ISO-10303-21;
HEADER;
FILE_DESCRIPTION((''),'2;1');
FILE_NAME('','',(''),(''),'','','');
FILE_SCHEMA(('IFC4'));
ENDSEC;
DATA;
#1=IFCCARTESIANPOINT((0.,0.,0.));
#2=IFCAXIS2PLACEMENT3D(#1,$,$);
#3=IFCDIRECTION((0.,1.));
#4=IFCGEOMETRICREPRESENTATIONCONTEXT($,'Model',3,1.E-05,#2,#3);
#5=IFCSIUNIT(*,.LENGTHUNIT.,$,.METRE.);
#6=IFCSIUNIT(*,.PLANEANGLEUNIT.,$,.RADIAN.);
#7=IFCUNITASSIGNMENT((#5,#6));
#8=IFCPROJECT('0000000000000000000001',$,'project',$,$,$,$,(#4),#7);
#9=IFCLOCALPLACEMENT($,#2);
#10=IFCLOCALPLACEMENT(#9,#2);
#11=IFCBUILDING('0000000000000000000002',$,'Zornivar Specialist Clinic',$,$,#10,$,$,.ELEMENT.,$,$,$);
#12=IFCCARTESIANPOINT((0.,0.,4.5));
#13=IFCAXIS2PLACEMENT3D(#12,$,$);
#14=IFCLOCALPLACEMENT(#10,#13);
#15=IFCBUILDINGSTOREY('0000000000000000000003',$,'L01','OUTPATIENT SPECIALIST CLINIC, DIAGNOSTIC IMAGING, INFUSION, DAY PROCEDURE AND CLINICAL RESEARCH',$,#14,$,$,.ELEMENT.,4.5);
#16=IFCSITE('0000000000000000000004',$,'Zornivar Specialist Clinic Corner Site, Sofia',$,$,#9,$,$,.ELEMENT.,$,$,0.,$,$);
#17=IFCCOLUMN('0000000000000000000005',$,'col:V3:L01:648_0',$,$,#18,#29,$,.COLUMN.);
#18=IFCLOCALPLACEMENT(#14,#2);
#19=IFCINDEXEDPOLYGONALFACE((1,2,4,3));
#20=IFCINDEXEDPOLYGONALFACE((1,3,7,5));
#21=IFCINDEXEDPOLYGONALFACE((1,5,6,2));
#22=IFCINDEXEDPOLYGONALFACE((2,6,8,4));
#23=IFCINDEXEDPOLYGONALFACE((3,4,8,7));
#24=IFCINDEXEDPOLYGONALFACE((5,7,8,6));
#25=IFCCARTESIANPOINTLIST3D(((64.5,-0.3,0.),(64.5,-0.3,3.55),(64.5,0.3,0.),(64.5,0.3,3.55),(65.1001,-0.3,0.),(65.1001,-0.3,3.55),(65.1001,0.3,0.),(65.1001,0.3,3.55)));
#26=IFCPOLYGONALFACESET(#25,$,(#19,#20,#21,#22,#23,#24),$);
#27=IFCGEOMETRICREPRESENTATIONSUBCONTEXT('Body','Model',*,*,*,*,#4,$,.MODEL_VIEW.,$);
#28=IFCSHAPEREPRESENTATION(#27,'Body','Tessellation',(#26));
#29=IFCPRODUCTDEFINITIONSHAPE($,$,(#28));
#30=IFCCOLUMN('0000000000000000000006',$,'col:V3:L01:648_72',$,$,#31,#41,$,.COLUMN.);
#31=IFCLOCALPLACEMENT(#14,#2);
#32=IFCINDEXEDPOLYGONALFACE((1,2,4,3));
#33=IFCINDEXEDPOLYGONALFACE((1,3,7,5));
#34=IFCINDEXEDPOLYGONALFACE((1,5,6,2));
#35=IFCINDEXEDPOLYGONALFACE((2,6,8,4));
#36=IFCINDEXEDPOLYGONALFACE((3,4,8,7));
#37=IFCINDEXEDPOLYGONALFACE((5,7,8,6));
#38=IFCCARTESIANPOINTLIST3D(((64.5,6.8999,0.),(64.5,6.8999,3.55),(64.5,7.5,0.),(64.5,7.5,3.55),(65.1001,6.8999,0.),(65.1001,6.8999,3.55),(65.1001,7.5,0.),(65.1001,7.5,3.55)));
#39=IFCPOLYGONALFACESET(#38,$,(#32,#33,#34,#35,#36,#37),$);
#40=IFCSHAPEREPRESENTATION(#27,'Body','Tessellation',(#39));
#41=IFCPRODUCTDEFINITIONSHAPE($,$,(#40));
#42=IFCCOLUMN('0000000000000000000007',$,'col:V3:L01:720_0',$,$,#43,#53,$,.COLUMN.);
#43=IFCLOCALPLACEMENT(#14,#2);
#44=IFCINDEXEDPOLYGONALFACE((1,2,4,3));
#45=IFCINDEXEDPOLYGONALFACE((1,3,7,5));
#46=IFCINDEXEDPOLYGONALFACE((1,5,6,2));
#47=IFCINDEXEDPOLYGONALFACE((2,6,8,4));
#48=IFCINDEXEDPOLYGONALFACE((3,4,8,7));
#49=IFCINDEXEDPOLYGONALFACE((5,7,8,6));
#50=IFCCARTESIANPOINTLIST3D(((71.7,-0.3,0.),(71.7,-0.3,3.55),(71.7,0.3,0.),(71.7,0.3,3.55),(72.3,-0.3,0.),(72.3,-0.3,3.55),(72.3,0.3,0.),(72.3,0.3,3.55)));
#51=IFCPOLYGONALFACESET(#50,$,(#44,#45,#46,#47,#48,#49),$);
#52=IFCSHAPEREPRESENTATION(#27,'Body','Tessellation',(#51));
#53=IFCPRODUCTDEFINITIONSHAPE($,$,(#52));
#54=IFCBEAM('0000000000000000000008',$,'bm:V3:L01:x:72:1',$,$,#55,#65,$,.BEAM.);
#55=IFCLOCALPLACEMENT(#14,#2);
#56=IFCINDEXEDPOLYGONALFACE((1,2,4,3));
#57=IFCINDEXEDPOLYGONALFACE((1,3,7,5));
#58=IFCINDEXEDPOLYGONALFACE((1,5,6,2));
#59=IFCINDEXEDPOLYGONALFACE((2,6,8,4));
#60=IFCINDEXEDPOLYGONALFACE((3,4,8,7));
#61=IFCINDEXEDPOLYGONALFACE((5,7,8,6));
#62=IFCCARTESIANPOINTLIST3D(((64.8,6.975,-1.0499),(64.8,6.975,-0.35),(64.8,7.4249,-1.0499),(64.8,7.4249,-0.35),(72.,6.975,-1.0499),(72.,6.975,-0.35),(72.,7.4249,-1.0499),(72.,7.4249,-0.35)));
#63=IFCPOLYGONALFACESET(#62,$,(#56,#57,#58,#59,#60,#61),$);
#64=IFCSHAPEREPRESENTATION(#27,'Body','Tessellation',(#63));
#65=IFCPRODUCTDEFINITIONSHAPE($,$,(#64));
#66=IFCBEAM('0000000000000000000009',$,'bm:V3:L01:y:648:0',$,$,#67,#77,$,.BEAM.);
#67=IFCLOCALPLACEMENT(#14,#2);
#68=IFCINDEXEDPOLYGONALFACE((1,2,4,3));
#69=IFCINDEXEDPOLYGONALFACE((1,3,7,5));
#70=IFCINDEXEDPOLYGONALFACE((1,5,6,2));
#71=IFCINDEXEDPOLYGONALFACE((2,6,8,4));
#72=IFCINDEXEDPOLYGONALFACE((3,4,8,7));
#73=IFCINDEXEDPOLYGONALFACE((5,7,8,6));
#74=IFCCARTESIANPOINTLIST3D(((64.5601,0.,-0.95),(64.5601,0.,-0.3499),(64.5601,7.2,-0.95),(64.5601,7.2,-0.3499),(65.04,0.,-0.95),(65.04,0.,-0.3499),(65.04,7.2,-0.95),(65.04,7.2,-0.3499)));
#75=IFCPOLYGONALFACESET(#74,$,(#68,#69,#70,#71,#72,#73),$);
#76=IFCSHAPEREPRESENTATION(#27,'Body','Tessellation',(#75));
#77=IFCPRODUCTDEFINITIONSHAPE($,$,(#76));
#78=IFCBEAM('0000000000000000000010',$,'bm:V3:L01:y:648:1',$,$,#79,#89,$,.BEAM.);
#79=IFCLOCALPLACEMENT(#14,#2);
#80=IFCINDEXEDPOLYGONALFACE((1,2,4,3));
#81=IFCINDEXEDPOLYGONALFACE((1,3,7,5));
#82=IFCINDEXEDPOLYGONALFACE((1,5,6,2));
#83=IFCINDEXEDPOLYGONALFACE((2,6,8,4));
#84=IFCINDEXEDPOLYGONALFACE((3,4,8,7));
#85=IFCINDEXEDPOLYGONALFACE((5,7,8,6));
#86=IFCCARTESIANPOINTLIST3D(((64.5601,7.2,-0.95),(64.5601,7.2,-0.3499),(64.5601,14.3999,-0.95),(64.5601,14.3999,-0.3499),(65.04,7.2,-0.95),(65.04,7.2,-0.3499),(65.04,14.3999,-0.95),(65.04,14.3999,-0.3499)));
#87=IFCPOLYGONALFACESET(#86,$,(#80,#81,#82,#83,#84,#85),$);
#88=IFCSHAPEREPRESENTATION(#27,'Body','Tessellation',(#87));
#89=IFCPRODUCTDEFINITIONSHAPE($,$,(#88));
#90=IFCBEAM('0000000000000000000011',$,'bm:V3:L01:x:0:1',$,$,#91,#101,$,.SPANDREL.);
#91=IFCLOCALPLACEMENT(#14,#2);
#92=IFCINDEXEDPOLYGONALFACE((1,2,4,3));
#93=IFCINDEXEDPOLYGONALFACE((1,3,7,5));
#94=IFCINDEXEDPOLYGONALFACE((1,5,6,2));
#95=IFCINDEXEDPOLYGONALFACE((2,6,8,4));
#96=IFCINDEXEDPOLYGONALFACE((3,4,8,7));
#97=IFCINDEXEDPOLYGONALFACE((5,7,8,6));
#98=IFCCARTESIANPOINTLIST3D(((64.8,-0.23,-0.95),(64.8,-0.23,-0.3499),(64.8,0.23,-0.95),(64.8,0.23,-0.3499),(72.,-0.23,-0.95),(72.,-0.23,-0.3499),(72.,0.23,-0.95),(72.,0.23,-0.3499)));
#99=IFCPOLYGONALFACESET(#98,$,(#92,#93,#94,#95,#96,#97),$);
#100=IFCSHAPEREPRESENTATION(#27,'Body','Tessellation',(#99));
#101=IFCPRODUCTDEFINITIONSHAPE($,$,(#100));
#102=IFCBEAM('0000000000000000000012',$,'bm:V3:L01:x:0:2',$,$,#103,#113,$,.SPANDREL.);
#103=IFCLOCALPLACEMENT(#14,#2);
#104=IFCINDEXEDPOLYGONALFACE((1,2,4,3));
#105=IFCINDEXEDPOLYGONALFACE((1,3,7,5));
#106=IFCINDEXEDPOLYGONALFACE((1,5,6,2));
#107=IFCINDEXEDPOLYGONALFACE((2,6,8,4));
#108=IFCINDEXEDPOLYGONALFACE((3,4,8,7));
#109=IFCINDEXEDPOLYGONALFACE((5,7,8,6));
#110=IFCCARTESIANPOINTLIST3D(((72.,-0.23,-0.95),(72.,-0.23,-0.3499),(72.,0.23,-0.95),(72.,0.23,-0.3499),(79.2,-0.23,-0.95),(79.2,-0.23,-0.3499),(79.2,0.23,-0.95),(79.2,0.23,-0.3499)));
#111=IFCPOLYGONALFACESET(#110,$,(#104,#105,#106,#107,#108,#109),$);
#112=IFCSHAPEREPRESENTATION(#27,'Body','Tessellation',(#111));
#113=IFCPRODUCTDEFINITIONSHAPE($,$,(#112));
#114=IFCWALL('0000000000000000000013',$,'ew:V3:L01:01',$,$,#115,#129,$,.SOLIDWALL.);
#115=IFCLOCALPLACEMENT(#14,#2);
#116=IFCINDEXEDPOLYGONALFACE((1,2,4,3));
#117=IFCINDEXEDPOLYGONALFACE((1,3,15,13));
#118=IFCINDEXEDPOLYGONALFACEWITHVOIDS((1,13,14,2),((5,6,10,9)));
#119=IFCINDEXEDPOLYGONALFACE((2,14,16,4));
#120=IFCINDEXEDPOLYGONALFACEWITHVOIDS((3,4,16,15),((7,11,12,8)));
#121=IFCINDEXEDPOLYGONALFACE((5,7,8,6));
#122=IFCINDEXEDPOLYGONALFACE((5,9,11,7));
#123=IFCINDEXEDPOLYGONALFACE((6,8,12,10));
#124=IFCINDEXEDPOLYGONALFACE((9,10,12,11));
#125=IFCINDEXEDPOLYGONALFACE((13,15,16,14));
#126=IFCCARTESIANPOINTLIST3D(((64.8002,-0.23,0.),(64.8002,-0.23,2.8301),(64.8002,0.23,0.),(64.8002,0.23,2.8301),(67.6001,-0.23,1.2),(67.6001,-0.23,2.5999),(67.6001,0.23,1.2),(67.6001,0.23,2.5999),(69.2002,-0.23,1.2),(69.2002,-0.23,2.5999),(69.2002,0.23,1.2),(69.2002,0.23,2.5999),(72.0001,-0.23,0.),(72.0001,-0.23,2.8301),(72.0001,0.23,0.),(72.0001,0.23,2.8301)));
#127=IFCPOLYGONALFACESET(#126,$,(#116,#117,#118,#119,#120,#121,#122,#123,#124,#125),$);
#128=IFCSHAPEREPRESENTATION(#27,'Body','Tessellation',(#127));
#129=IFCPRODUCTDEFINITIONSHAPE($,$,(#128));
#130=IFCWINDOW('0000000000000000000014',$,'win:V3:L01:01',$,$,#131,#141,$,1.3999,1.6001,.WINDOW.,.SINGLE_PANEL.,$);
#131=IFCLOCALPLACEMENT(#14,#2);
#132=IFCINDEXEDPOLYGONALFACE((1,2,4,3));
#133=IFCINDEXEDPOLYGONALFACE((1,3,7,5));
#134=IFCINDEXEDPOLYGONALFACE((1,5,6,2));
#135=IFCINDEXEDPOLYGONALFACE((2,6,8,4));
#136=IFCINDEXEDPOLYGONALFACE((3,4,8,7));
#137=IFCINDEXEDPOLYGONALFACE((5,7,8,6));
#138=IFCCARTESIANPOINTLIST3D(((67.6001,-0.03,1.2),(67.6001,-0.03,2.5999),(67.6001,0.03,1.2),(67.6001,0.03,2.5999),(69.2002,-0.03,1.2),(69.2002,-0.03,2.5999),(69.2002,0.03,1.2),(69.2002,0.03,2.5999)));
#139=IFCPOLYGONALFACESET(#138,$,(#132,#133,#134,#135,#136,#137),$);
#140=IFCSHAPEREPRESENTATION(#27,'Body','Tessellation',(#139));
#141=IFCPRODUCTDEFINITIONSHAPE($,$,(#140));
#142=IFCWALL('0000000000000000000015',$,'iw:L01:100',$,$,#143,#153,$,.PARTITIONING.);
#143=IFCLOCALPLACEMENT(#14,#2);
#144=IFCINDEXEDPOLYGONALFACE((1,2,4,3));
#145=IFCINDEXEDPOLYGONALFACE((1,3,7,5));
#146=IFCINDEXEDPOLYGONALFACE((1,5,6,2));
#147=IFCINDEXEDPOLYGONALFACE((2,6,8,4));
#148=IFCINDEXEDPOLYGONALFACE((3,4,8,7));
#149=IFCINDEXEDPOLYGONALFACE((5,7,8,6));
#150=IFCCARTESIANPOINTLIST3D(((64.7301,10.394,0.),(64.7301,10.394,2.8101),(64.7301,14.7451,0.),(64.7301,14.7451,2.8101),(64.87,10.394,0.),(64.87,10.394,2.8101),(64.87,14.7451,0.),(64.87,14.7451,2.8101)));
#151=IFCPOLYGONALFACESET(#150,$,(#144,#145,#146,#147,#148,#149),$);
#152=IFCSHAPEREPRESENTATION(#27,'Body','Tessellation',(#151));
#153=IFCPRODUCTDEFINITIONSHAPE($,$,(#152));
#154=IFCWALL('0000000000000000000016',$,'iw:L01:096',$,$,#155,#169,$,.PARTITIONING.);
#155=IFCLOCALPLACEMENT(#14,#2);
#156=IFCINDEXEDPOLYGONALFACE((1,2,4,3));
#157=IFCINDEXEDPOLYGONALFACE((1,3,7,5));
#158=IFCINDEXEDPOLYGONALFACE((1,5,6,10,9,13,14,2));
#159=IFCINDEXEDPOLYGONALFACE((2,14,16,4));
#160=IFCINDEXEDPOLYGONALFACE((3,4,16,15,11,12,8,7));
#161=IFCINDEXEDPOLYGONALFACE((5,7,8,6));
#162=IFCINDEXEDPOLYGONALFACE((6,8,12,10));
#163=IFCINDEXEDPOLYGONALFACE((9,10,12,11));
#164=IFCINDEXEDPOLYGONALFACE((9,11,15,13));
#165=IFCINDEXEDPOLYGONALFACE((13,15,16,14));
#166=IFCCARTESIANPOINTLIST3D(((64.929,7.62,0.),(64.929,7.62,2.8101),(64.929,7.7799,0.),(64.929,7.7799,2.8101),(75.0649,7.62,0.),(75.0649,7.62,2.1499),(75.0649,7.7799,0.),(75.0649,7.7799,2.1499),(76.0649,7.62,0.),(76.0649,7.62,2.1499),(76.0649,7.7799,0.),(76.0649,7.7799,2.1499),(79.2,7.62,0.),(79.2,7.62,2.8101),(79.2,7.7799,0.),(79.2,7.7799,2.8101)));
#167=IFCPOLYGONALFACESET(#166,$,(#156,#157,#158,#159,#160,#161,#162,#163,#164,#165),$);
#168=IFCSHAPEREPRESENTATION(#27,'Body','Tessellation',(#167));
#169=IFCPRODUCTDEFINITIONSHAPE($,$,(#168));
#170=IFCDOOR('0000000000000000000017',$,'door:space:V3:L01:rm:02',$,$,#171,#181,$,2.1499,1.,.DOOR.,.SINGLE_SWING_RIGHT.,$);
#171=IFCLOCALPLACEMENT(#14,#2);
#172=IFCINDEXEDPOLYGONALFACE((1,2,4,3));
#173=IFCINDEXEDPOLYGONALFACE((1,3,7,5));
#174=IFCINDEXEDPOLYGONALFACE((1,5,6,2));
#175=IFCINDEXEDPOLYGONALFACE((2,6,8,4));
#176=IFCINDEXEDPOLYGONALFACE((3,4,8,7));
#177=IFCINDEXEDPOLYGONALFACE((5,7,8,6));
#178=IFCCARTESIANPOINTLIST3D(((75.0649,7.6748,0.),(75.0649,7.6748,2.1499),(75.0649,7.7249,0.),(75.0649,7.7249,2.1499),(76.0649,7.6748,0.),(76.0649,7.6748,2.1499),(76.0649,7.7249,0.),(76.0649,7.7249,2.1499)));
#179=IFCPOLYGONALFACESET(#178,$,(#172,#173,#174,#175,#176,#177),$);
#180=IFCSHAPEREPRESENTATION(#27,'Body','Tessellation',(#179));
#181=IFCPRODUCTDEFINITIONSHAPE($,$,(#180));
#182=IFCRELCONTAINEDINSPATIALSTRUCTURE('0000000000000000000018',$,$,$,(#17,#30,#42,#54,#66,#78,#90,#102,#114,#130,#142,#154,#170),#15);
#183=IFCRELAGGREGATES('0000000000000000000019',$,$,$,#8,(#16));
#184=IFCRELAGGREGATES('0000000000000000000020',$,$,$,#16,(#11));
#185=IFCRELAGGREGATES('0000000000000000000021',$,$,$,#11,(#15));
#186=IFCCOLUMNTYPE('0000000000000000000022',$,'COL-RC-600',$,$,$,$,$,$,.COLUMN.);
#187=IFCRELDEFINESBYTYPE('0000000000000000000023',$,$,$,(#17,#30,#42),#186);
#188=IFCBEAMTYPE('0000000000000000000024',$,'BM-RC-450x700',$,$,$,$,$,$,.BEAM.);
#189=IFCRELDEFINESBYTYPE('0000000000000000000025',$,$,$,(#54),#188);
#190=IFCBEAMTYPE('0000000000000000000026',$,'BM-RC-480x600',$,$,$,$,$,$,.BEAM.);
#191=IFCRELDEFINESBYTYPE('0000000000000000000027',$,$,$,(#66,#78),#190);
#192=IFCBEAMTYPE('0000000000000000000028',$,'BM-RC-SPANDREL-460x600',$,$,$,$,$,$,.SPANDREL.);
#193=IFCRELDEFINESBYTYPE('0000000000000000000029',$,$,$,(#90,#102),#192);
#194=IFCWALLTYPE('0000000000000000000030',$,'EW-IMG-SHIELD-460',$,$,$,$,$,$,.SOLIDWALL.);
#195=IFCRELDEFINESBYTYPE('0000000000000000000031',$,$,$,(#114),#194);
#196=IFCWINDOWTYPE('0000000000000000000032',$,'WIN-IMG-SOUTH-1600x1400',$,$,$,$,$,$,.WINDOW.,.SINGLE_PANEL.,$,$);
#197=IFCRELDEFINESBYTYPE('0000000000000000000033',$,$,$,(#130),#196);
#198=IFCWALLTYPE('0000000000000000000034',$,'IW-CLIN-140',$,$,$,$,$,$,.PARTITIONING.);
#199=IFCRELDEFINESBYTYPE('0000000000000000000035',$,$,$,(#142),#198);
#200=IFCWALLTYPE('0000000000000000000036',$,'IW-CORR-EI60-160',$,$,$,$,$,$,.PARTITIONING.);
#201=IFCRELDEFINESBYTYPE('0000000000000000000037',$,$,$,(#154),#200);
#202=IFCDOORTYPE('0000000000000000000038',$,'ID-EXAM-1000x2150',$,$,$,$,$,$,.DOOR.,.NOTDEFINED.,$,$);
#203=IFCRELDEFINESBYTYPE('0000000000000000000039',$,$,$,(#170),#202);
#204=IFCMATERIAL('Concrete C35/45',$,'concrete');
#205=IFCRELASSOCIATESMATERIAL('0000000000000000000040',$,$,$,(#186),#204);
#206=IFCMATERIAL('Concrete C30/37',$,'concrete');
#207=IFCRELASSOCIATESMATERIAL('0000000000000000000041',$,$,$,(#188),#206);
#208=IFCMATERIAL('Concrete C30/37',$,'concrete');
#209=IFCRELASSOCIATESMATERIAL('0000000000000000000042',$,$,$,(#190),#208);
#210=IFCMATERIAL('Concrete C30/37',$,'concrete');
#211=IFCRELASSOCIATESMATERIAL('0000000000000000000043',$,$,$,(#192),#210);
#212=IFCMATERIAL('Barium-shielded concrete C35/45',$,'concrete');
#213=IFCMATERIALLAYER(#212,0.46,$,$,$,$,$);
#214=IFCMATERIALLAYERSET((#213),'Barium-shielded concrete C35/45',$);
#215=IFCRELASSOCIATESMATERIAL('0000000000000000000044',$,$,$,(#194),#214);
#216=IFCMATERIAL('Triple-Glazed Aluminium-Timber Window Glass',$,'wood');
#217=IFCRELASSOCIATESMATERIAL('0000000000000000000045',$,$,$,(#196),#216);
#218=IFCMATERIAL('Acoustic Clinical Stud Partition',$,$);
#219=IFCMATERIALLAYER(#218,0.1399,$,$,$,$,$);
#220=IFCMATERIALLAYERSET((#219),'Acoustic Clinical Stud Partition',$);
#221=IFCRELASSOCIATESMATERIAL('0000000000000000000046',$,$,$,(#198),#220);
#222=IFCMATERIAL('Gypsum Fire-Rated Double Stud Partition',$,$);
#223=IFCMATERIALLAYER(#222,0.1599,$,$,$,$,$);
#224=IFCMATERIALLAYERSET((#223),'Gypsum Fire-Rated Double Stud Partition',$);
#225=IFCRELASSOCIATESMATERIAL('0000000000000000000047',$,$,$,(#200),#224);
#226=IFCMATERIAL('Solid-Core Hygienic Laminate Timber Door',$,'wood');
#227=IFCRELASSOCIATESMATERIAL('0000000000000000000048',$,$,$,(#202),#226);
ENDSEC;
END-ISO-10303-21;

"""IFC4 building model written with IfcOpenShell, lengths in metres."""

from ifc_helpers import new_model, si_unit, direction, frame, frame_2d, origin, origin_2d, place, context, subcontext, project, spatial, rectangle, extrude, material, layer, layer_set, material_profile, profile_set, type_object, element, fill, save


model = new_model("IFC4")

# Units and contexts
model_context = context("Model", 3, precision=1e-05, world=origin(), true_north=direction((0.0, 1.0)))
body_context = subcontext(model_context, "Body", "Model", "MODEL_VIEW")
ifc_project = project(units=[si_unit("LENGTHUNIT", "METRE"), si_unit("PLANEANGLEUNIT", "RADIAN")], contexts=[model_context])

# Site, building, storey
site_placement = place(None, origin())
site = spatial("IfcSite", under=ifc_project, at=site_placement, Name="Zornivar Specialist Clinic Corner Site, Sofia", CompositionType="ELEMENT", RefElevation=0.0)
building_placement = place(site_placement, origin())
building = spatial("IfcBuilding", under=site, at=building_placement, Name="Zornivar Specialist Clinic", CompositionType="ELEMENT")
storey_placement = place(building_placement, frame((0.0, 0.0, 4.5)))
storey = spatial("IfcBuildingStorey", under=building, at=storey_placement, Name="L01", Description="OUTPATIENT SPECIALIST CLINIC, DIAGNOSTIC IMAGING, INFUSION, DAY PROCEDURE AND CLINICAL RESEARCH", CompositionType="ELEMENT", Elevation=4.5)

# Columns
ifc_material_1 = material(Name="Concrete C35/45", Category="concrete")
ifc_material_profile_1 = material_profile(ifc_material_1, rectangle(XDim=0.6001, YDim=0.6001, at=origin_2d()), Name="RC 600x600")
ifc_profile_set_1 = profile_set([ifc_material_profile_1], Name="Concrete C35/45")
column_type = type_object("IfcColumnType", Name="COL-RC-600", PredefinedType="COLUMN", material=ifc_profile_set_1)
for number, where, z_axis, x_axis, name in (
    (1, (64.8, 0.0, 0.0), (0.0, 0.0, 1.0), (1.0, 0.0, 0.0), "col:V3:L01:648_0"),
    (2, (64.8, 7.2, 0.0), (0.0, 0.0, 1.0), (1.0, 0.0, 0.0), "col:V3:L01:648_72"),
    (3, (72.0, 0.0, 0.0), (0.0, 0.0, 1.0), (1.0, 0.0, 0.0), "col:V3:L01:720_0"),
):
    element("IfcColumn", number, at=place(storey_placement, frame(where, z_axis=z_axis, x_axis=x_axis)), inside=storey, type_object=column_type, Name=name, PredefinedType="COLUMN", context=body_context, shape_type="SweptSolid", body=[
        extrude(rectangle(XDim=0.6001, YDim=0.6001, at=origin_2d()), origin(), (0.0, 0.0, 1.0), 3.55),
    ])

# Beams
ifc_material_2 = material(Name="Concrete C30/37", Category="concrete")
ifc_material_profile_2 = material_profile(ifc_material_2, rectangle(XDim=0.45, YDim=0.7, at=origin_2d()), Name="RC 450x700")
ifc_profile_set_2 = profile_set([ifc_material_profile_2], Name="Concrete C30/37")
beam_type_1 = type_object("IfcBeamType", Name="BM-RC-450x700", PredefinedType="BEAM", material=ifc_profile_set_2)
beam_placement = place(storey_placement, frame((64.8, 7.2, -0.7), z_axis=(1.0, 0.0, 0.0), x_axis=(0.0, 1.0, 0.0)))
element("IfcBeam", 4, at=beam_placement, inside=storey, type_object=beam_type_1, Name="bm:V3:L01:x:72:1", PredefinedType="BEAM", context=body_context, shape_type="SweptSolid", body=[
    extrude(rectangle(XDim=0.45, YDim=0.7, at=origin_2d()), origin(), (0.0, 0.0, 1.0), 7.2),
])
ifc_material_3 = material(Name="Concrete C30/37", Category="concrete")
ifc_material_profile_3 = material_profile(ifc_material_3, rectangle(XDim=0.48, YDim=0.6001, at=origin_2d()), Name="RC 480x600")
ifc_profile_set_3 = profile_set([ifc_material_profile_3], Name="Concrete C30/37")
beam_type_2 = type_object("IfcBeamType", Name="BM-RC-480x600", PredefinedType="BEAM", material=ifc_profile_set_3)
for number, where, z_axis, x_axis, name in (
    (5, (64.8, 0.0, -0.6499), (0.0, 1.0, 0.0), (-1.0, 0.0, 0.0), "bm:V3:L01:y:648:0"),
    (6, (64.8, 7.2, -0.6499), (0.0, 1.0, 0.0), (-1.0, 0.0, 0.0), "bm:V3:L01:y:648:1"),
):
    element("IfcBeam", number, at=place(storey_placement, frame(where, z_axis=z_axis, x_axis=x_axis)), inside=storey, type_object=beam_type_2, Name=name, PredefinedType="BEAM", context=body_context, shape_type="SweptSolid", body=[
        extrude(rectangle(XDim=0.48, YDim=0.6001, at=origin_2d()), origin(), (0.0, 0.0, 1.0), 7.2),
    ])
ifc_material_4 = material(Name="Concrete C30/37", Category="concrete")
ifc_material_profile_4 = material_profile(ifc_material_4, rectangle(XDim=0.46, YDim=0.6001, at=origin_2d()), Name="RC 460x600")
ifc_profile_set_4 = profile_set([ifc_material_profile_4], Name="Concrete C30/37")
beam_type_3 = type_object("IfcBeamType", Name="BM-RC-SPANDREL-460x600", PredefinedType="SPANDREL", material=ifc_profile_set_4)
for number, where, z_axis, x_axis, name in (
    (7, (64.8, 0.0, -0.6499), (1.0, 0.0, 0.0), (0.0, 1.0, 0.0), "bm:V3:L01:x:0:1"),
    (8, (72.0, 0.0, -0.6499), (1.0, 0.0, 0.0), (0.0, 1.0, 0.0), "bm:V3:L01:x:0:2"),
):
    element("IfcBeam", number, at=place(storey_placement, frame(where, z_axis=z_axis, x_axis=x_axis)), inside=storey, type_object=beam_type_3, Name=name, PredefinedType="SPANDREL", context=body_context, shape_type="SweptSolid", body=[
        extrude(rectangle(XDim=0.46, YDim=0.6001, at=origin_2d()), origin(), (0.0, 0.0, 1.0), 7.2),
    ])

# Wall, opening, window
ifc_material_5 = material(Name="Barium-shielded concrete C35/45", Category="concrete")
ifc_layer_1 = layer(ifc_material_5, 0.46)
ifc_layer_set_1 = layer_set([ifc_layer_1], Name="Barium-shielded concrete C35/45")
wall_type_1 = type_object("IfcWallType", Name="EW-IMG-SHIELD-460", PredefinedType="SOLIDWALL", material=ifc_layer_set_1)
wall_1_placement = place(storey_placement, frame((64.8, 0.0, 0.0), z_axis=(0.0, 0.0, 1.0), x_axis=(1.0, 0.0, 0.0)))
wall_1 = element("IfcWall", 9, at=wall_1_placement, inside=storey, type_object=wall_type_1, Name="ew:V3:L01:01", PredefinedType="SOLIDWALL", context=body_context, shape_type="SweptSolid", body=[
    extrude(rectangle(XDim=7.2, YDim=0.46, at=frame_2d((3.6001, 0.0))), origin(), (0.0, 0.0, 1.0), 2.8301),
])
opening_1_placement = place(wall_1_placement, frame((2.8, 0.0, 1.2)))
opening_1 = element("IfcOpeningElement", 10, at=opening_1_placement, cuts=wall_1, PredefinedType="OPENING", context=body_context, shape_type="SweptSolid", body=[
    extrude(rectangle(XDim=1.6001, YDim=1.3999, at=frame_2d((0.8, 0.7))), frame((0.0, 0.24, 0.0), z_axis=(0.0, -1.0, 0.0), x_axis=(1.0, 0.0, 0.0)), (0.0, 0.0, 1.0), 0.48),
])
ifc_material_6 = material(Name="Triple-Glazed Aluminium-Timber Window Glass", Category="wood")
window_type = type_object("IfcWindowType", Name="WIN-IMG-SOUTH-1600x1400", PartitioningType="SINGLE_PANEL", PredefinedType="WINDOW", material=ifc_material_6)
window_placement = place(opening_1_placement, origin())
window = element("IfcWindow", 11, at=window_placement, inside=storey, type_object=window_type, Name="win:V3:L01:01", OverallHeight=1.3999, OverallWidth=1.6001, PartitioningType="SINGLE_PANEL", PredefinedType="WINDOW", context=body_context, shape_type="SweptSolid", body=[
    extrude(rectangle(XDim=1.6001, YDim=1.3999, at=frame_2d((0.8, 0.7))), frame((0.0, 0.03, 0.0), z_axis=(0.0, -1.0, 0.0), x_axis=(1.0, 0.0, 0.0)), (0.0, 0.0, 1.0), 0.0601),
])
fill(opening_1, window)

# Wall
ifc_material_7 = material(Name="Acoustic Clinical Stud Partition")
ifc_layer_2 = layer(ifc_material_7, 0.1399)
ifc_layer_set_2 = layer_set([ifc_layer_2], Name="Acoustic Clinical Stud Partition")
wall_type_2 = type_object("IfcWallType", Name="IW-CLIN-140", PredefinedType="PARTITIONING", material=ifc_layer_set_2)
wall_2_placement = place(storey_placement, frame((64.8, 10.394, 0.0), z_axis=(0.0, 0.0, 1.0), x_axis=(0.0, 1.0, 0.0)))
element("IfcWall", 12, at=wall_2_placement, inside=storey, type_object=wall_type_2, Name="iw:L01:100", PredefinedType="PARTITIONING", context=body_context, shape_type="SweptSolid", body=[
    extrude(rectangle(XDim=4.3511, YDim=0.1399, at=frame_2d((2.1755, 0.0))), origin(), (0.0, 0.0, 1.0), 2.8101),
])

# Wall, opening, door
ifc_material_8 = material(Name="Gypsum Fire-Rated Double Stud Partition")
ifc_layer_3 = layer(ifc_material_8, 0.1599)
ifc_layer_set_3 = layer_set([ifc_layer_3], Name="Gypsum Fire-Rated Double Stud Partition")
wall_type_3 = type_object("IfcWallType", Name="IW-CORR-EI60-160", PredefinedType="PARTITIONING", material=ifc_layer_set_3)
wall_3_placement = place(storey_placement, frame((64.929, 7.7, 0.0), z_axis=(0.0, 0.0, 1.0), x_axis=(1.0, 0.0, 0.0)))
wall_3 = element("IfcWall", 13, at=wall_3_placement, inside=storey, type_object=wall_type_3, Name="iw:L01:096", PredefinedType="PARTITIONING", context=body_context, shape_type="SweptSolid", body=[
    extrude(rectangle(XDim=14.271, YDim=0.1599, at=frame_2d((7.1355, 0.0))), origin(), (0.0, 0.0, 1.0), 2.8101),
])
opening_2_placement = place(wall_3_placement, frame((10.136, 0.0, 0.0)))
opening_2 = element("IfcOpeningElement", 14, at=opening_2_placement, cuts=wall_3, PredefinedType="OPENING", context=body_context, shape_type="SweptSolid", body=[
    extrude(rectangle(XDim=1.0, YDim=2.1499, at=frame_2d((0.5, 1.075))), frame((0.0, 0.0898, 0.0), z_axis=(0.0, -1.0, 0.0), x_axis=(1.0, 0.0, 0.0)), (0.0, 0.0, 1.0), 0.1799),
])
ifc_material_9 = material(Name="Solid-Core Hygienic Laminate Timber Door", Category="wood")
door_type_1 = type_object("IfcDoorType", Name="ID-EXAM-1000x2150", OperationType="NOTDEFINED", PredefinedType="DOOR", material=ifc_material_9)
door_1_placement = place(opening_2_placement, origin())
door_1 = element("IfcDoor", 15, at=door_1_placement, inside=storey, type_object=door_type_1, Name="door:space:V3:L01:rm:02", OperationType="SINGLE_SWING_RIGHT", OverallHeight=2.1499, OverallWidth=1.0, PredefinedType="DOOR", context=body_context, shape_type="SweptSolid", body=[
    extrude(rectangle(XDim=1.0, YDim=2.1499, at=frame_2d((0.5, 1.075))), frame((0.0, 0.0249, 0.0), z_axis=(0.0, -1.0, 0.0), x_axis=(1.0, 0.0, 0.0)), (0.0, 0.0, 1.0), 0.05),
])
fill(opening_2, door_1)

save(model, "model.ifc")
